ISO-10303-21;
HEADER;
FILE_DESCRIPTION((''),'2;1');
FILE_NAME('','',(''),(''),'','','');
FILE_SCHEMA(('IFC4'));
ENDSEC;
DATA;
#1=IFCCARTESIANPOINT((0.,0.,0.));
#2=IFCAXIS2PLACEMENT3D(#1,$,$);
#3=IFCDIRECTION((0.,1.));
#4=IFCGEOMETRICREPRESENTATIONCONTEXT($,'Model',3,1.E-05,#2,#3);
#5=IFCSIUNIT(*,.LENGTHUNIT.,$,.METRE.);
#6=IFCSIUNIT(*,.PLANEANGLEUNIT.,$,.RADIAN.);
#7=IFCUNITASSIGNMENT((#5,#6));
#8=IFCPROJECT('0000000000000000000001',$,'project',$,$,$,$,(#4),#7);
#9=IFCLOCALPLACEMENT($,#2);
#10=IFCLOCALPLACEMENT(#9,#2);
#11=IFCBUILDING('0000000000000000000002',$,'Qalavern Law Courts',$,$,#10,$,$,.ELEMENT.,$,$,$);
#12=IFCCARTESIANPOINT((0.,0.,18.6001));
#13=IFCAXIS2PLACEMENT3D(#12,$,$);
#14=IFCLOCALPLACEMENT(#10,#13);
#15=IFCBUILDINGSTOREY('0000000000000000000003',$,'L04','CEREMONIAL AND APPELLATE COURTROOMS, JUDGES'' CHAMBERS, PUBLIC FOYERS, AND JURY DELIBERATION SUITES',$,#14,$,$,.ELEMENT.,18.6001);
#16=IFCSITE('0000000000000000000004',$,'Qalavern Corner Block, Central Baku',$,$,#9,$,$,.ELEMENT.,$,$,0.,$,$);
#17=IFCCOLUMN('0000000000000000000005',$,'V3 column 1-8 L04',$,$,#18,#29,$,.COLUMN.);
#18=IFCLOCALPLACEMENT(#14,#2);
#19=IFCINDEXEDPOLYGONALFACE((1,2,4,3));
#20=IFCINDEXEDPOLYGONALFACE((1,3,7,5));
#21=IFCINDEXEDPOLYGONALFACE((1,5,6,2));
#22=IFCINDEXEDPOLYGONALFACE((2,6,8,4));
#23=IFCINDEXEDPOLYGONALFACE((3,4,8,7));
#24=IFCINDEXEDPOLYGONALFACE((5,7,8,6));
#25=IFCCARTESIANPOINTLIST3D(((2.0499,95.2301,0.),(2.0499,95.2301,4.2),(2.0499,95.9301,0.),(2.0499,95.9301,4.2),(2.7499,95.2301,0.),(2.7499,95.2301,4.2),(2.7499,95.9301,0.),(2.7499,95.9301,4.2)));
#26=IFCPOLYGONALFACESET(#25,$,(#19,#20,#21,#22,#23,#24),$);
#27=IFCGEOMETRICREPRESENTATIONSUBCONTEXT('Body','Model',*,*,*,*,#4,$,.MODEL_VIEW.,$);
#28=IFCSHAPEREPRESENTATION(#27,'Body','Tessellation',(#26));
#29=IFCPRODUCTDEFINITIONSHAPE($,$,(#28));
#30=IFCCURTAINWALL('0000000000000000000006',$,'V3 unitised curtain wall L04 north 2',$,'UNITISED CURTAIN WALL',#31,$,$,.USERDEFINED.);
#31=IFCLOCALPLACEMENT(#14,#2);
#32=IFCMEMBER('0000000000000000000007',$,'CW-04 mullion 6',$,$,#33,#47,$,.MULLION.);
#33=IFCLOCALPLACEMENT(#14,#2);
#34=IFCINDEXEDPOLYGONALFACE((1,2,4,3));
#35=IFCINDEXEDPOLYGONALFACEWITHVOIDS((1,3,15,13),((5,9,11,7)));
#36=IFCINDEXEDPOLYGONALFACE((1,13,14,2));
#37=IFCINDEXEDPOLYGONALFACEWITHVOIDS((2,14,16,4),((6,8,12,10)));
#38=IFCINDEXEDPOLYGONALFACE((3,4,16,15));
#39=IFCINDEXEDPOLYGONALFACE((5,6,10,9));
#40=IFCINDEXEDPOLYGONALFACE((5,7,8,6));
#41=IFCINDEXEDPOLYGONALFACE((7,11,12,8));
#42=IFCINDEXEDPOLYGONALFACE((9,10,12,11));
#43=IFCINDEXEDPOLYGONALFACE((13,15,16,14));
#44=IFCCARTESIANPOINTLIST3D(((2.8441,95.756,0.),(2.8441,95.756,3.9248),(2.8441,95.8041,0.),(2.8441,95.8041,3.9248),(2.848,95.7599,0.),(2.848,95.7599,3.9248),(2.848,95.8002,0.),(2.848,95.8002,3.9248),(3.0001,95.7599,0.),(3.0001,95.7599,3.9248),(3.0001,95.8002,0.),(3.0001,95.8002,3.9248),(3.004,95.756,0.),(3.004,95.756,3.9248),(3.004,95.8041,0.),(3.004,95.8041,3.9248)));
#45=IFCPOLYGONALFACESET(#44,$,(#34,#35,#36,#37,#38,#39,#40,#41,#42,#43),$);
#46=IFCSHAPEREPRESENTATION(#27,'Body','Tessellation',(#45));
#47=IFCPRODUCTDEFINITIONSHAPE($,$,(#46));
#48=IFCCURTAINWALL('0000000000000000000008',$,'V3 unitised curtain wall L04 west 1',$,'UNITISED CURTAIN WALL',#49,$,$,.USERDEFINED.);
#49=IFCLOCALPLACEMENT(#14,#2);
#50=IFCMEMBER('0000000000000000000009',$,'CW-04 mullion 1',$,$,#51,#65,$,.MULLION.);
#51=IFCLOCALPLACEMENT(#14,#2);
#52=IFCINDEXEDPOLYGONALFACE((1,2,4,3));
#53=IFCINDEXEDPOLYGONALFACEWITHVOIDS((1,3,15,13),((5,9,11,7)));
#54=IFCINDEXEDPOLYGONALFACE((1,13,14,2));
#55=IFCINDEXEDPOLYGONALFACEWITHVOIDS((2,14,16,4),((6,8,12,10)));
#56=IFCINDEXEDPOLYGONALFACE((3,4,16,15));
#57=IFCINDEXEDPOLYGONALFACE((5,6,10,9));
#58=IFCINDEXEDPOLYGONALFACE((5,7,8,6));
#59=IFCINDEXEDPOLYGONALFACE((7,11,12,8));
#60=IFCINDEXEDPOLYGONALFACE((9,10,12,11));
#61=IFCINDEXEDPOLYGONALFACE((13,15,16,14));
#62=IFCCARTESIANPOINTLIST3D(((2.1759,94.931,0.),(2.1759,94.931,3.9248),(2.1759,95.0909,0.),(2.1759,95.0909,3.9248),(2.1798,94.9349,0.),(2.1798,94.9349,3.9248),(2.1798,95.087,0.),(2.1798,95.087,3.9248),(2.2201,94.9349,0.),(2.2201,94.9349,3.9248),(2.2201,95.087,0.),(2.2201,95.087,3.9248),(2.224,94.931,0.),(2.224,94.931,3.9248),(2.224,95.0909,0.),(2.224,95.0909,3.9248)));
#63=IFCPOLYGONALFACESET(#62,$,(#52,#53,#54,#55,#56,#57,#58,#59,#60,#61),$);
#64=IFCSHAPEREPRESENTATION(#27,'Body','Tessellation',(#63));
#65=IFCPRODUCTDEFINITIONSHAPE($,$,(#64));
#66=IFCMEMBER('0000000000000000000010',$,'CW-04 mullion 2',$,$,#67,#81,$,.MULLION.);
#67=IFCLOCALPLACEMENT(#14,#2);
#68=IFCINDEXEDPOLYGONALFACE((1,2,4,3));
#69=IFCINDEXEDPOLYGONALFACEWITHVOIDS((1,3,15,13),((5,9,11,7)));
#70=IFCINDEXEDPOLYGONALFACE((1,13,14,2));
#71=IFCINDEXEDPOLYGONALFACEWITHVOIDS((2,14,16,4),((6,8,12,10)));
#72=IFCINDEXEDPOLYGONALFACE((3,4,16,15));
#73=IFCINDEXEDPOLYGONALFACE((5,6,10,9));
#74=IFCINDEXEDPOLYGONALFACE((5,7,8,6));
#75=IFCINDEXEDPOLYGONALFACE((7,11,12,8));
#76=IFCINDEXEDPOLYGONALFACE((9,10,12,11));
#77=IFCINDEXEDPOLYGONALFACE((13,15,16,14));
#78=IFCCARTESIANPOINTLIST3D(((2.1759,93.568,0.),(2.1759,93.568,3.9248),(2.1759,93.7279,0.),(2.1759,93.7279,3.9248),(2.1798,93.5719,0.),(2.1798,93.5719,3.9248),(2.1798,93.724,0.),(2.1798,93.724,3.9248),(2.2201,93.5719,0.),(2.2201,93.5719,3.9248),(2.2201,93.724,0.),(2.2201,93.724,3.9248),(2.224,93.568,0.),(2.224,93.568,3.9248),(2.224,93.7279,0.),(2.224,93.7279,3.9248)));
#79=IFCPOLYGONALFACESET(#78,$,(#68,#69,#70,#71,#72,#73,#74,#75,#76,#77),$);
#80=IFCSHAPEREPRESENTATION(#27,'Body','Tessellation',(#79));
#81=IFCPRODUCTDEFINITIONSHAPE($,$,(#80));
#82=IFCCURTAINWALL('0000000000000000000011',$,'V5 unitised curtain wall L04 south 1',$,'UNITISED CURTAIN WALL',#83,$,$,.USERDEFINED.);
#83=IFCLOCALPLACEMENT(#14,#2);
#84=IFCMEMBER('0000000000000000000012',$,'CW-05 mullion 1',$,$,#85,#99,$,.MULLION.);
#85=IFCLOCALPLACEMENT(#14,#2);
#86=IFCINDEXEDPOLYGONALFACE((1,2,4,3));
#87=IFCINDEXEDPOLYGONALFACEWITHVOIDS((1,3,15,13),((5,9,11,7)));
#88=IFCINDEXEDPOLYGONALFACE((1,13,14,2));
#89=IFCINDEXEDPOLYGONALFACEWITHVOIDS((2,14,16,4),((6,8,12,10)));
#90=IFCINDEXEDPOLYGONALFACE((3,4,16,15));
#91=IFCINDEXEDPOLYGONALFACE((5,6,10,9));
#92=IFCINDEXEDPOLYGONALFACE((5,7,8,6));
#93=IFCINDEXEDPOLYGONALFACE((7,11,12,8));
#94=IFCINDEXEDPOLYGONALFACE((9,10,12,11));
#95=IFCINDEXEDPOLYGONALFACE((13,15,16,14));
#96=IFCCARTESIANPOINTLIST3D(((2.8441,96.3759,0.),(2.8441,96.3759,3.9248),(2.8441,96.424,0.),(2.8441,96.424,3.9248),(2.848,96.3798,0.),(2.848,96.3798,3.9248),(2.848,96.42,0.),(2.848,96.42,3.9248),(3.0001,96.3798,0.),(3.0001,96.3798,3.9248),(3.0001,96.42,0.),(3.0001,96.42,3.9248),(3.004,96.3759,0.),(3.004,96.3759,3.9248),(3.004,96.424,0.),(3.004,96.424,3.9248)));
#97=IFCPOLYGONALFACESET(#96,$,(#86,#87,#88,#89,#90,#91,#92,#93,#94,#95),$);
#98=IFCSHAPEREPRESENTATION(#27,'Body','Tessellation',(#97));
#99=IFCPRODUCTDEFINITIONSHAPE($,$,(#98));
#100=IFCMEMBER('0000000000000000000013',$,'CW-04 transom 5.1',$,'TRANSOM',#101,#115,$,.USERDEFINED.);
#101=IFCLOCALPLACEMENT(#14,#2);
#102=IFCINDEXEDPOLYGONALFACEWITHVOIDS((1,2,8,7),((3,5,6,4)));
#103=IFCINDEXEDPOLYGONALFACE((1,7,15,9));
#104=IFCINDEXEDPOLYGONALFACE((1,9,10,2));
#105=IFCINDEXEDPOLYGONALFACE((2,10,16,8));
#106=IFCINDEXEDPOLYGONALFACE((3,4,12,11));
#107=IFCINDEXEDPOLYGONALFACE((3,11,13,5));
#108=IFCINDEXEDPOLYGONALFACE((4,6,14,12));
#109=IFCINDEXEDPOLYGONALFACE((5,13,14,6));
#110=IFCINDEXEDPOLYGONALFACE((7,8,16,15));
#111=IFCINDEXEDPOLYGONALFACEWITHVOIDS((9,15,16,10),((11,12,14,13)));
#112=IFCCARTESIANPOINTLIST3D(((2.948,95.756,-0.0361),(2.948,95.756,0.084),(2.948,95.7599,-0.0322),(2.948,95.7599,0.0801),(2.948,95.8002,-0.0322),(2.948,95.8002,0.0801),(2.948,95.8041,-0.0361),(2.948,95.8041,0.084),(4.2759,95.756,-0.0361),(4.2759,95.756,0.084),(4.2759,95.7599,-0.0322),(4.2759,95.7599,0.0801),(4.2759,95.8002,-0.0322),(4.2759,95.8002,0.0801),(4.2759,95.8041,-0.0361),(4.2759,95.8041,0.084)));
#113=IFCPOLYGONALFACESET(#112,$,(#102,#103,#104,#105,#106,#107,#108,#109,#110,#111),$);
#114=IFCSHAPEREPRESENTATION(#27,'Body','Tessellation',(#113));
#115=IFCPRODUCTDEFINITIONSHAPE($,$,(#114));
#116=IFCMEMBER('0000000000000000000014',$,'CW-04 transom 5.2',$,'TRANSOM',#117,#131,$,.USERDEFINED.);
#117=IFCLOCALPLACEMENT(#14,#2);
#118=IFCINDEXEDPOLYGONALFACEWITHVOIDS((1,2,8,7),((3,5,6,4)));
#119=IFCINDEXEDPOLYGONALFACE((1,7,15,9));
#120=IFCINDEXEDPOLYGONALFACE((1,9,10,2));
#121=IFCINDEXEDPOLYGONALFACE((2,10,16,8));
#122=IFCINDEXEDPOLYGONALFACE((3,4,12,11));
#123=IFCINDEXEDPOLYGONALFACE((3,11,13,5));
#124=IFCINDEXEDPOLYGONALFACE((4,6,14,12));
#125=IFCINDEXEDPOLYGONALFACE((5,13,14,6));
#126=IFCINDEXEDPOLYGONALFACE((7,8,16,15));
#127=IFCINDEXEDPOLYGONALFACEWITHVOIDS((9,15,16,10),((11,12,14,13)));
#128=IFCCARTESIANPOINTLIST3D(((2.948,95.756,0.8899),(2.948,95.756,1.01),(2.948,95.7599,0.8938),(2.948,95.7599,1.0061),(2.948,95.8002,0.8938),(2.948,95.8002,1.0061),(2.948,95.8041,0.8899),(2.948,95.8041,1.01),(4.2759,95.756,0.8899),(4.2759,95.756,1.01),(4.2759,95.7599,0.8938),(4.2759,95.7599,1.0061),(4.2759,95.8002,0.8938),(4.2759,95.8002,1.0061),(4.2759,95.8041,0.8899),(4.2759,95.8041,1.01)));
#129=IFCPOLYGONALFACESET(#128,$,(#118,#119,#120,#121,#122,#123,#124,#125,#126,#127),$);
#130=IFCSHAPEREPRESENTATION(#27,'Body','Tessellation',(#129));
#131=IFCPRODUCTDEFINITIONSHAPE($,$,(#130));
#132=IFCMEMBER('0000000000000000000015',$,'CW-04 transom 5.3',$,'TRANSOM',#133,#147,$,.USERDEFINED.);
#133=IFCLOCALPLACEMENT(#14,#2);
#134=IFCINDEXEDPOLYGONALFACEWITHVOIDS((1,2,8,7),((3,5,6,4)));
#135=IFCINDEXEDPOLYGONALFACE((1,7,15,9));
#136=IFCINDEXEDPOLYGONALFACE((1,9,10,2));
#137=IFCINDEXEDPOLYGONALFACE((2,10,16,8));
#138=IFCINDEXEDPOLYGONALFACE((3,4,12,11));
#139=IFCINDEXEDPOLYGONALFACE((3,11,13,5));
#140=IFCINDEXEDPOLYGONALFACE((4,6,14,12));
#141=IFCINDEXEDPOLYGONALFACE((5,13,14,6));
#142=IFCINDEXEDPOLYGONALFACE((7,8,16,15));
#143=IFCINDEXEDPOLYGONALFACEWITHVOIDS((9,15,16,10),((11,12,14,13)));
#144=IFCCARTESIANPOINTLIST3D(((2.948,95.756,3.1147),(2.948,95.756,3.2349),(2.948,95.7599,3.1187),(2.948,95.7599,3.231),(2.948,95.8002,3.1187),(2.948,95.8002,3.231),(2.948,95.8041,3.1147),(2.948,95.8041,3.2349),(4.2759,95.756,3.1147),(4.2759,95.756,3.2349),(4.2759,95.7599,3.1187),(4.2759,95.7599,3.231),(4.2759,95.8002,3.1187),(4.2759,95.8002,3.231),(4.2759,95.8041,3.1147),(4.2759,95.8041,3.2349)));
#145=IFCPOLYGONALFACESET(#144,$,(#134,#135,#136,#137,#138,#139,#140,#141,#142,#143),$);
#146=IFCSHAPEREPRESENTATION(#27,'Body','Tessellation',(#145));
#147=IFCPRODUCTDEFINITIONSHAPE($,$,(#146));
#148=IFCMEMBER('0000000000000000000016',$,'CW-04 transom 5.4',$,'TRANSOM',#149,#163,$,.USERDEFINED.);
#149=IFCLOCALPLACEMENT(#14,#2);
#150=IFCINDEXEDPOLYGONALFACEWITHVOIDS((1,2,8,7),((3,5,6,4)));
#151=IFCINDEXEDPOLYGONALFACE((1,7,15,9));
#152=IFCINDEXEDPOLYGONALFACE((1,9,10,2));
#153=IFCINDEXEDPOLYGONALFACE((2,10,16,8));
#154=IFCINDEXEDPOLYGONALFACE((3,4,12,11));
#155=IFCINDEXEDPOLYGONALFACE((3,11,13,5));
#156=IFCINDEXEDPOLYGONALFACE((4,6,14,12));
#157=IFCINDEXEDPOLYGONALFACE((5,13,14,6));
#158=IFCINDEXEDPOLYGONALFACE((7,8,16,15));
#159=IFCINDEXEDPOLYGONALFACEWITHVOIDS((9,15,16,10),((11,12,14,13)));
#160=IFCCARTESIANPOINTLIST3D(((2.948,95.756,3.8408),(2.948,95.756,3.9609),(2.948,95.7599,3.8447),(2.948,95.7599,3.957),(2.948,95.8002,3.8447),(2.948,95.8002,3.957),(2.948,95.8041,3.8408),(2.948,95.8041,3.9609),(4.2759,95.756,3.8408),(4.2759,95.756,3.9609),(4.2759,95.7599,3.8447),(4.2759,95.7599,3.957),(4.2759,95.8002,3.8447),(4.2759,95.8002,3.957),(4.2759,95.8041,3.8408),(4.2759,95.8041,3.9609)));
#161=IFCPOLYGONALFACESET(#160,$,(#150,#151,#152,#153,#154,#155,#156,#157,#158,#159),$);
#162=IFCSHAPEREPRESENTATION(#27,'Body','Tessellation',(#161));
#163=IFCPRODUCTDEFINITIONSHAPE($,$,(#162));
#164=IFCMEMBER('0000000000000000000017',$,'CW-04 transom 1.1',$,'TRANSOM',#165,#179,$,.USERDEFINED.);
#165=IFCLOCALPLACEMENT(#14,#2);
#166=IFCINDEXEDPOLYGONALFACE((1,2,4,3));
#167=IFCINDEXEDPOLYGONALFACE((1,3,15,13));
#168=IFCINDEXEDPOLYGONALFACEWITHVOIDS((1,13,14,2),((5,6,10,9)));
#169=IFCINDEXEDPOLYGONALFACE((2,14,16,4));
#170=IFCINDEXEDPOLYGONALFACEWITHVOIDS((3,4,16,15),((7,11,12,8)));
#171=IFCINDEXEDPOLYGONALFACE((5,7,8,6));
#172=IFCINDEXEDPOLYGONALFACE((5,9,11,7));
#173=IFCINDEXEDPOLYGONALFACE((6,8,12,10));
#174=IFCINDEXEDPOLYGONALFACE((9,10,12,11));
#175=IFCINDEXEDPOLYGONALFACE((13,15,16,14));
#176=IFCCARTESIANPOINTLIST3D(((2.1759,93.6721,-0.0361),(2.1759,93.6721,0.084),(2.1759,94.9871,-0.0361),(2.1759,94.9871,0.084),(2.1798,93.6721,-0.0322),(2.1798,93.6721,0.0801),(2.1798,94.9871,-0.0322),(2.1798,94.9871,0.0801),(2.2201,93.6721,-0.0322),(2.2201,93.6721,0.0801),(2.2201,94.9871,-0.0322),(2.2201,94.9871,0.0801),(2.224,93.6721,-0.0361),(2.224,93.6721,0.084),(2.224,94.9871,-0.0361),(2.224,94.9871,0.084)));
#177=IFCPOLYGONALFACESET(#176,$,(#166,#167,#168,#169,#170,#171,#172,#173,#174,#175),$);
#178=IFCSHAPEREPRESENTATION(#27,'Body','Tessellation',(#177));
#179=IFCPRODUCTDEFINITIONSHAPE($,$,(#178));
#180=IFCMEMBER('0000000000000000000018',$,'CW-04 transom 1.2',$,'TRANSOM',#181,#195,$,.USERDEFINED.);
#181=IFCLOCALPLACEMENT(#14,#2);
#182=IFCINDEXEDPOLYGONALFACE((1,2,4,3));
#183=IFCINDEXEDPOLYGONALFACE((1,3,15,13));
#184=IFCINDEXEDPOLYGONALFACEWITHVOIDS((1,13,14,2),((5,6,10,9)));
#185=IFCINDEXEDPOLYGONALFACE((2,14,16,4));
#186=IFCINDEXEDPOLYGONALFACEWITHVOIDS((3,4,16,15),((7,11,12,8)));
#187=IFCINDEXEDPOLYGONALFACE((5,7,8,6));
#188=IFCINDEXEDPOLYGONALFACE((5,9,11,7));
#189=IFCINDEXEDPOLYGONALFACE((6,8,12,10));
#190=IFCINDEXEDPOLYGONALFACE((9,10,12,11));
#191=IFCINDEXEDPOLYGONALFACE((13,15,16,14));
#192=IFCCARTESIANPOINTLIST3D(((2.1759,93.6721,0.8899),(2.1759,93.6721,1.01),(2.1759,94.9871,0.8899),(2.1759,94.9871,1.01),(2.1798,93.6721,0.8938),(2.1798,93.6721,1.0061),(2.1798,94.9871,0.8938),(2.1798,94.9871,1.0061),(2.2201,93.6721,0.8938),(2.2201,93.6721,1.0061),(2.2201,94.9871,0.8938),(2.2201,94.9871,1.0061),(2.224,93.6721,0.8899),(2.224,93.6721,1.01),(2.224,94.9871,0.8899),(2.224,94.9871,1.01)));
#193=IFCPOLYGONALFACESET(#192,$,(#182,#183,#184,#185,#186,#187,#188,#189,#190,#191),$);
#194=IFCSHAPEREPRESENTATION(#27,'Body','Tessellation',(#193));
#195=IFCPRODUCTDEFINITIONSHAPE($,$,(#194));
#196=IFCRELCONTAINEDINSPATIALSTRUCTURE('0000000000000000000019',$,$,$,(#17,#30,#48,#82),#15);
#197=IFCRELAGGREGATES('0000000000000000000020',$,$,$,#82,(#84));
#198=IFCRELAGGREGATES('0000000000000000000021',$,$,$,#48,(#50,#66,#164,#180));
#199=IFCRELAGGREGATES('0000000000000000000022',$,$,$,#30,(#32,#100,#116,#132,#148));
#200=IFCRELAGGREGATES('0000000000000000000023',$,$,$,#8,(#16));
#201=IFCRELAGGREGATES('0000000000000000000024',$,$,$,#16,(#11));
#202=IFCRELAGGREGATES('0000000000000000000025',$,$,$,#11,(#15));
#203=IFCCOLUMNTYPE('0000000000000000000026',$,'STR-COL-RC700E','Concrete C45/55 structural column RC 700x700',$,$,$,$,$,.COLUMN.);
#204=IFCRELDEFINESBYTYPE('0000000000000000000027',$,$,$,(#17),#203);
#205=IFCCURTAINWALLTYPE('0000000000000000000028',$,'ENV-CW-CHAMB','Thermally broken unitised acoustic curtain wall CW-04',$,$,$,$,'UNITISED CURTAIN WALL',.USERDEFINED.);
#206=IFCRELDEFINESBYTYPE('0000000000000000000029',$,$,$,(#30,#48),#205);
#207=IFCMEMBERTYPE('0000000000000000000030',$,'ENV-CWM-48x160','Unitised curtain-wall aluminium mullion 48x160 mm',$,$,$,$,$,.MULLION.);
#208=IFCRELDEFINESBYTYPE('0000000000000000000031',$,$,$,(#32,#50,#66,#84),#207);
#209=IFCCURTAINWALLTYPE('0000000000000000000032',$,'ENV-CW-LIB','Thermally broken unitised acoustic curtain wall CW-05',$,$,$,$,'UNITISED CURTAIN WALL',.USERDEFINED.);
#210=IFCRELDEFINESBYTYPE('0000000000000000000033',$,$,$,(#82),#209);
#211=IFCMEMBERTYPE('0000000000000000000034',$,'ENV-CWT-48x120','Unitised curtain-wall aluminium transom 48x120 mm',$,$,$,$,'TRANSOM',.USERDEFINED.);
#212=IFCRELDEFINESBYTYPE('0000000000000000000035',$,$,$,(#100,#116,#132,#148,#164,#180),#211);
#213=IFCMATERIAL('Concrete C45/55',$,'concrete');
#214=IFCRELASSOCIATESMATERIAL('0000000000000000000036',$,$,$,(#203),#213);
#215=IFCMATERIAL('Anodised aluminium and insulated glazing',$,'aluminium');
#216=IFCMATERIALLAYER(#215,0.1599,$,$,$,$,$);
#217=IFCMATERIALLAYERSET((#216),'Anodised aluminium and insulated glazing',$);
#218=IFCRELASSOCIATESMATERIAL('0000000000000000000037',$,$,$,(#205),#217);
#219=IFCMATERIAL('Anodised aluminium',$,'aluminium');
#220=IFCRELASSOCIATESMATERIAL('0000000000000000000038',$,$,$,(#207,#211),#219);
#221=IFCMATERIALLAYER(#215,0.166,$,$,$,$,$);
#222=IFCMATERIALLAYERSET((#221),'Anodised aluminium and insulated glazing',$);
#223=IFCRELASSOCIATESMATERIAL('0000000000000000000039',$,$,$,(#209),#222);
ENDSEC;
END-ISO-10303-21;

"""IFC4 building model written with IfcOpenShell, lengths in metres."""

from ifc_helpers import new_model, si_unit, direction, frame, origin, origin_2d, place, context, subcontext, project, spatial, rectangle, hollow_rectangle, extrude, material, layer, layer_set, material_profile, profile_set, type_object, element, aggregate, save


model = new_model("IFC4")

# Units and contexts
model_context = context("Model", 3, precision=1e-05, world=origin(), true_north=direction((0.0, 1.0)))
body_context = subcontext(model_context, "Body", "Model", "MODEL_VIEW")
ifc_project = project(units=[si_unit("LENGTHUNIT", "METRE"), si_unit("PLANEANGLEUNIT", "RADIAN")], contexts=[model_context])

# Site, building, storey
site_placement = place(None, origin())
site = spatial("IfcSite", under=ifc_project, at=site_placement, Name="Qalavern Corner Block, Central Baku", CompositionType="ELEMENT", RefElevation=0.0)
building_placement = place(site_placement, origin())
building = spatial("IfcBuilding", under=site, at=building_placement, Name="Qalavern Law Courts", CompositionType="ELEMENT")
storey_placement = place(building_placement, frame((0.0, 0.0, 18.6001)))
storey = spatial("IfcBuildingStorey", under=building, at=storey_placement, Name="L04", Description="CEREMONIAL AND APPELLATE COURTROOMS, JUDGES' CHAMBERS, PUBLIC FOYERS, AND JURY DELIBERATION SUITES", CompositionType="ELEMENT", Elevation=18.6001)

# Column
ifc_material_1 = material(Name="Concrete C45/55", Category="concrete")
ifc_material_profile_1 = material_profile(ifc_material_1, rectangle(XDim=0.7, YDim=0.7, at=origin_2d()), Name="RC 700x700")
ifc_profile_set_1 = profile_set([ifc_material_profile_1], Name="Concrete C45/55")
column_type = type_object("IfcColumnType", Name="STR-COL-RC700E", Description="Concrete C45/55 structural column RC 700x700", PredefinedType="COLUMN", material=ifc_profile_set_1)
column_placement = place(storey_placement, frame((2.3999, 95.5801, 0.0), z_axis=(0.0, 0.0, 1.0), x_axis=(1.0, 0.0, 0.0)))
element("IfcColumn", 1, at=column_placement, inside=storey, type_object=column_type, Name="V3 column 1-8 L04", PredefinedType="COLUMN", context=body_context, shape_type="SweptSolid", body=[
    extrude(rectangle(XDim=0.7, YDim=0.7, at=origin_2d()), origin(), (0.0, 0.0, 1.0), 4.2),
])

# Curtain wall, member
ifc_material_2 = material(Name="Anodised aluminium and insulated glazing", Category="aluminium")
ifc_layer_1 = layer(ifc_material_2, 0.1599)
ifc_layer_set_1 = layer_set([ifc_layer_1], Name="Anodised aluminium and insulated glazing")
curtain_wall_type_1 = type_object("IfcCurtainWallType", Name="ENV-CW-CHAMB", Description="Thermally broken unitised acoustic curtain wall CW-04", ElementType="UNITISED CURTAIN WALL", PredefinedType="USERDEFINED", material=ifc_layer_set_1)
curtain_wall_1_placement = place(storey_placement, origin())
curtain_wall_1 = element("IfcCurtainWall", 2, at=curtain_wall_1_placement, inside=storey, type_object=curtain_wall_type_1, Name="V3 unitised curtain wall L04 north 2", ObjectType="UNITISED CURTAIN WALL", PredefinedType="USERDEFINED")
ifc_material_3 = material(Name="Anodised aluminium", Category="aluminium")
ifc_material_profile_2 = material_profile(ifc_material_3, hollow_rectangle(XDim=0.0481, YDim=0.1599, WallThickness=0.0039, at=origin_2d()), Name="ALU MULLION 48x160")
ifc_profile_set_2 = profile_set([ifc_material_profile_2], Name="Anodised aluminium")
member_type_1 = type_object("IfcMemberType", Name="ENV-CWM-48x160", Description="Unitised curtain-wall aluminium mullion 48x160 mm", PredefinedType="MULLION", material=ifc_profile_set_2)
member_1_placement = place(storey_placement, frame((2.9241, 95.78, 0.0), z_axis=(0.0, 0.0, 1.0), x_axis=(0.0, -1.0, 0.0)))
member_1 = element("IfcMember", 3, at=member_1_placement, type_object=member_type_1, Name="CW-04 mullion 6", PredefinedType="MULLION", context=body_context, shape_type="SweptSolid", body=[
    extrude(hollow_rectangle(XDim=0.0481, YDim=0.1599, WallThickness=0.0039, at=origin_2d()), origin(), (0.0, 0.0, 1.0), 3.9248),
])

# Curtain wall, members
curtain_wall_2_placement = place(storey_placement, origin())
curtain_wall_2 = element("IfcCurtainWall", 4, at=curtain_wall_2_placement, inside=storey, type_object=curtain_wall_type_1, Name="V3 unitised curtain wall L04 west 1", ObjectType="UNITISED CURTAIN WALL", PredefinedType="USERDEFINED")
member_2_placement = place(storey_placement, frame((2.2, 95.011, 0.0), z_axis=(0.0, 0.0, 1.0), x_axis=(1.0, 0.0, 0.0)))
member_2 = element("IfcMember", 5, at=member_2_placement, type_object=member_type_1, Name="CW-04 mullion 1", PredefinedType="MULLION", context=body_context, shape_type="SweptSolid", body=[
    extrude(hollow_rectangle(XDim=0.0481, YDim=0.1599, WallThickness=0.0039, at=origin_2d()), origin(), (0.0, 0.0, 1.0), 3.9248),
])
member_3_placement = place(storey_placement, frame((2.2, 93.6479, 0.0), z_axis=(0.0, 0.0, 1.0), x_axis=(1.0, 0.0, 0.0)))
member_3 = element("IfcMember", 6, at=member_3_placement, type_object=member_type_1, Name="CW-04 mullion 2", PredefinedType="MULLION", context=body_context, shape_type="SweptSolid", body=[
    extrude(hollow_rectangle(XDim=0.0481, YDim=0.1599, WallThickness=0.0039, at=origin_2d()), origin(), (0.0, 0.0, 1.0), 3.9248),
])

# Curtain wall, member
ifc_layer_2 = layer(ifc_material_2, 0.166)
ifc_layer_set_2 = layer_set([ifc_layer_2], Name="Anodised aluminium and insulated glazing")
curtain_wall_type_2 = type_object("IfcCurtainWallType", Name="ENV-CW-LIB", Description="Thermally broken unitised acoustic curtain wall CW-05", ElementType="UNITISED CURTAIN WALL", PredefinedType="USERDEFINED", material=ifc_layer_set_2)
curtain_wall_3_placement = place(storey_placement, origin())
curtain_wall_3 = element("IfcCurtainWall", 7, at=curtain_wall_3_placement, inside=storey, type_object=curtain_wall_type_2, Name="V5 unitised curtain wall L04 south 1", ObjectType="UNITISED CURTAIN WALL", PredefinedType="USERDEFINED")
member_4_placement = place(storey_placement, frame((2.9241, 96.3999, 0.0), z_axis=(0.0, 0.0, 1.0), x_axis=(0.0, 1.0, 0.0)))
member_4 = element("IfcMember", 8, at=member_4_placement, type_object=member_type_1, Name="CW-05 mullion 1", PredefinedType="MULLION", context=body_context, shape_type="SweptSolid", body=[
    extrude(hollow_rectangle(XDim=0.0481, YDim=0.1599, WallThickness=0.0039, at=origin_2d()), origin(), (0.0, 0.0, 1.0), 3.9248),
])
aggregate(curtain_wall_3, [member_4])

# Members
ifc_material_profile_3 = material_profile(ifc_material_3, hollow_rectangle(XDim=0.0481, YDim=0.1201, WallThickness=0.0039, at=origin_2d()), Name="ALU TRANSOM 48x120")
ifc_profile_set_3 = profile_set([ifc_material_profile_3], Name="Anodised aluminium")
member_type_2 = type_object("IfcMemberType", Name="ENV-CWT-48x120", Description="Unitised curtain-wall aluminium transom 48x120 mm", ElementType="TRANSOM", PredefinedType="USERDEFINED", material=ifc_profile_set_3)
member_5_placement = place(storey_placement, frame((4.2759, 95.78, 0.0239), z_axis=(-1.0, 0.0, 0.0), x_axis=(0.0, -1.0, 0.0)))
member_5 = element("IfcMember", 9, at=member_5_placement, type_object=member_type_2, Name="CW-04 transom 5.1", ObjectType="TRANSOM", PredefinedType="USERDEFINED", context=body_context, shape_type="SweptSolid", body=[
    extrude(hollow_rectangle(XDim=0.0481, YDim=0.1201, WallThickness=0.0039, at=origin_2d()), origin(), (0.0, 0.0, 1.0), 1.3279),
])
member_6_placement = place(storey_placement, frame((4.2759, 95.78, 0.95), z_axis=(-1.0, 0.0, 0.0), x_axis=(0.0, -1.0, 0.0)))
member_6 = element("IfcMember", 10, at=member_6_placement, type_object=member_type_2, Name="CW-04 transom 5.2", ObjectType="TRANSOM", PredefinedType="USERDEFINED", context=body_context, shape_type="SweptSolid", body=[
    extrude(hollow_rectangle(XDim=0.0481, YDim=0.1201, WallThickness=0.0039, at=origin_2d()), origin(), (0.0, 0.0, 1.0), 1.3279),
])
member_7_placement = place(storey_placement, frame((4.2759, 95.78, 3.1748), z_axis=(-1.0, 0.0, 0.0), x_axis=(0.0, -1.0, 0.0)))
member_7 = element("IfcMember", 11, at=member_7_placement, type_object=member_type_2, Name="CW-04 transom 5.3", ObjectType="TRANSOM", PredefinedType="USERDEFINED", context=body_context, shape_type="SweptSolid", body=[
    extrude(hollow_rectangle(XDim=0.0481, YDim=0.1201, WallThickness=0.0039, at=origin_2d()), origin(), (0.0, 0.0, 1.0), 1.3279),
])
member_8_placement = place(storey_placement, frame((4.2759, 95.78, 3.9009), z_axis=(-1.0, 0.0, 0.0), x_axis=(0.0, -1.0, 0.0)))
member_8 = element("IfcMember", 12, at=member_8_placement, type_object=member_type_2, Name="CW-04 transom 5.4", ObjectType="TRANSOM", PredefinedType="USERDEFINED", context=body_context, shape_type="SweptSolid", body=[
    extrude(hollow_rectangle(XDim=0.0481, YDim=0.1201, WallThickness=0.0039, at=origin_2d()), origin(), (0.0, 0.0, 1.0), 1.3279),
])
member_9_placement = place(storey_placement, frame((2.2, 94.9871, 0.0239), z_axis=(0.0, -1.0, 0.0), x_axis=(1.0, 0.0, 0.0)))
member_9 = element("IfcMember", 13, at=member_9_placement, type_object=member_type_2, Name="CW-04 transom 1.1", ObjectType="TRANSOM", PredefinedType="USERDEFINED", context=body_context, shape_type="SweptSolid", body=[
    extrude(hollow_rectangle(XDim=0.0481, YDim=0.1201, WallThickness=0.0039, at=origin_2d()), origin(), (0.0, 0.0, 1.0), 1.3149),
])
member_10_placement = place(storey_placement, frame((2.2, 94.9871, 0.95), z_axis=(0.0, -1.0, 0.0), x_axis=(1.0, 0.0, 0.0)))
member_10 = element("IfcMember", 14, at=member_10_placement, type_object=member_type_2, Name="CW-04 transom 1.2", ObjectType="TRANSOM", PredefinedType="USERDEFINED", context=body_context, shape_type="SweptSolid", body=[
    extrude(hollow_rectangle(XDim=0.0481, YDim=0.1201, WallThickness=0.0039, at=origin_2d()), origin(), (0.0, 0.0, 1.0), 1.3149),
])

aggregate(curtain_wall_2, [member_2, member_3, member_9, member_10])
aggregate(curtain_wall_1, [member_1, member_5, member_6, member_7, member_8])

save(model, "model.ifc")
